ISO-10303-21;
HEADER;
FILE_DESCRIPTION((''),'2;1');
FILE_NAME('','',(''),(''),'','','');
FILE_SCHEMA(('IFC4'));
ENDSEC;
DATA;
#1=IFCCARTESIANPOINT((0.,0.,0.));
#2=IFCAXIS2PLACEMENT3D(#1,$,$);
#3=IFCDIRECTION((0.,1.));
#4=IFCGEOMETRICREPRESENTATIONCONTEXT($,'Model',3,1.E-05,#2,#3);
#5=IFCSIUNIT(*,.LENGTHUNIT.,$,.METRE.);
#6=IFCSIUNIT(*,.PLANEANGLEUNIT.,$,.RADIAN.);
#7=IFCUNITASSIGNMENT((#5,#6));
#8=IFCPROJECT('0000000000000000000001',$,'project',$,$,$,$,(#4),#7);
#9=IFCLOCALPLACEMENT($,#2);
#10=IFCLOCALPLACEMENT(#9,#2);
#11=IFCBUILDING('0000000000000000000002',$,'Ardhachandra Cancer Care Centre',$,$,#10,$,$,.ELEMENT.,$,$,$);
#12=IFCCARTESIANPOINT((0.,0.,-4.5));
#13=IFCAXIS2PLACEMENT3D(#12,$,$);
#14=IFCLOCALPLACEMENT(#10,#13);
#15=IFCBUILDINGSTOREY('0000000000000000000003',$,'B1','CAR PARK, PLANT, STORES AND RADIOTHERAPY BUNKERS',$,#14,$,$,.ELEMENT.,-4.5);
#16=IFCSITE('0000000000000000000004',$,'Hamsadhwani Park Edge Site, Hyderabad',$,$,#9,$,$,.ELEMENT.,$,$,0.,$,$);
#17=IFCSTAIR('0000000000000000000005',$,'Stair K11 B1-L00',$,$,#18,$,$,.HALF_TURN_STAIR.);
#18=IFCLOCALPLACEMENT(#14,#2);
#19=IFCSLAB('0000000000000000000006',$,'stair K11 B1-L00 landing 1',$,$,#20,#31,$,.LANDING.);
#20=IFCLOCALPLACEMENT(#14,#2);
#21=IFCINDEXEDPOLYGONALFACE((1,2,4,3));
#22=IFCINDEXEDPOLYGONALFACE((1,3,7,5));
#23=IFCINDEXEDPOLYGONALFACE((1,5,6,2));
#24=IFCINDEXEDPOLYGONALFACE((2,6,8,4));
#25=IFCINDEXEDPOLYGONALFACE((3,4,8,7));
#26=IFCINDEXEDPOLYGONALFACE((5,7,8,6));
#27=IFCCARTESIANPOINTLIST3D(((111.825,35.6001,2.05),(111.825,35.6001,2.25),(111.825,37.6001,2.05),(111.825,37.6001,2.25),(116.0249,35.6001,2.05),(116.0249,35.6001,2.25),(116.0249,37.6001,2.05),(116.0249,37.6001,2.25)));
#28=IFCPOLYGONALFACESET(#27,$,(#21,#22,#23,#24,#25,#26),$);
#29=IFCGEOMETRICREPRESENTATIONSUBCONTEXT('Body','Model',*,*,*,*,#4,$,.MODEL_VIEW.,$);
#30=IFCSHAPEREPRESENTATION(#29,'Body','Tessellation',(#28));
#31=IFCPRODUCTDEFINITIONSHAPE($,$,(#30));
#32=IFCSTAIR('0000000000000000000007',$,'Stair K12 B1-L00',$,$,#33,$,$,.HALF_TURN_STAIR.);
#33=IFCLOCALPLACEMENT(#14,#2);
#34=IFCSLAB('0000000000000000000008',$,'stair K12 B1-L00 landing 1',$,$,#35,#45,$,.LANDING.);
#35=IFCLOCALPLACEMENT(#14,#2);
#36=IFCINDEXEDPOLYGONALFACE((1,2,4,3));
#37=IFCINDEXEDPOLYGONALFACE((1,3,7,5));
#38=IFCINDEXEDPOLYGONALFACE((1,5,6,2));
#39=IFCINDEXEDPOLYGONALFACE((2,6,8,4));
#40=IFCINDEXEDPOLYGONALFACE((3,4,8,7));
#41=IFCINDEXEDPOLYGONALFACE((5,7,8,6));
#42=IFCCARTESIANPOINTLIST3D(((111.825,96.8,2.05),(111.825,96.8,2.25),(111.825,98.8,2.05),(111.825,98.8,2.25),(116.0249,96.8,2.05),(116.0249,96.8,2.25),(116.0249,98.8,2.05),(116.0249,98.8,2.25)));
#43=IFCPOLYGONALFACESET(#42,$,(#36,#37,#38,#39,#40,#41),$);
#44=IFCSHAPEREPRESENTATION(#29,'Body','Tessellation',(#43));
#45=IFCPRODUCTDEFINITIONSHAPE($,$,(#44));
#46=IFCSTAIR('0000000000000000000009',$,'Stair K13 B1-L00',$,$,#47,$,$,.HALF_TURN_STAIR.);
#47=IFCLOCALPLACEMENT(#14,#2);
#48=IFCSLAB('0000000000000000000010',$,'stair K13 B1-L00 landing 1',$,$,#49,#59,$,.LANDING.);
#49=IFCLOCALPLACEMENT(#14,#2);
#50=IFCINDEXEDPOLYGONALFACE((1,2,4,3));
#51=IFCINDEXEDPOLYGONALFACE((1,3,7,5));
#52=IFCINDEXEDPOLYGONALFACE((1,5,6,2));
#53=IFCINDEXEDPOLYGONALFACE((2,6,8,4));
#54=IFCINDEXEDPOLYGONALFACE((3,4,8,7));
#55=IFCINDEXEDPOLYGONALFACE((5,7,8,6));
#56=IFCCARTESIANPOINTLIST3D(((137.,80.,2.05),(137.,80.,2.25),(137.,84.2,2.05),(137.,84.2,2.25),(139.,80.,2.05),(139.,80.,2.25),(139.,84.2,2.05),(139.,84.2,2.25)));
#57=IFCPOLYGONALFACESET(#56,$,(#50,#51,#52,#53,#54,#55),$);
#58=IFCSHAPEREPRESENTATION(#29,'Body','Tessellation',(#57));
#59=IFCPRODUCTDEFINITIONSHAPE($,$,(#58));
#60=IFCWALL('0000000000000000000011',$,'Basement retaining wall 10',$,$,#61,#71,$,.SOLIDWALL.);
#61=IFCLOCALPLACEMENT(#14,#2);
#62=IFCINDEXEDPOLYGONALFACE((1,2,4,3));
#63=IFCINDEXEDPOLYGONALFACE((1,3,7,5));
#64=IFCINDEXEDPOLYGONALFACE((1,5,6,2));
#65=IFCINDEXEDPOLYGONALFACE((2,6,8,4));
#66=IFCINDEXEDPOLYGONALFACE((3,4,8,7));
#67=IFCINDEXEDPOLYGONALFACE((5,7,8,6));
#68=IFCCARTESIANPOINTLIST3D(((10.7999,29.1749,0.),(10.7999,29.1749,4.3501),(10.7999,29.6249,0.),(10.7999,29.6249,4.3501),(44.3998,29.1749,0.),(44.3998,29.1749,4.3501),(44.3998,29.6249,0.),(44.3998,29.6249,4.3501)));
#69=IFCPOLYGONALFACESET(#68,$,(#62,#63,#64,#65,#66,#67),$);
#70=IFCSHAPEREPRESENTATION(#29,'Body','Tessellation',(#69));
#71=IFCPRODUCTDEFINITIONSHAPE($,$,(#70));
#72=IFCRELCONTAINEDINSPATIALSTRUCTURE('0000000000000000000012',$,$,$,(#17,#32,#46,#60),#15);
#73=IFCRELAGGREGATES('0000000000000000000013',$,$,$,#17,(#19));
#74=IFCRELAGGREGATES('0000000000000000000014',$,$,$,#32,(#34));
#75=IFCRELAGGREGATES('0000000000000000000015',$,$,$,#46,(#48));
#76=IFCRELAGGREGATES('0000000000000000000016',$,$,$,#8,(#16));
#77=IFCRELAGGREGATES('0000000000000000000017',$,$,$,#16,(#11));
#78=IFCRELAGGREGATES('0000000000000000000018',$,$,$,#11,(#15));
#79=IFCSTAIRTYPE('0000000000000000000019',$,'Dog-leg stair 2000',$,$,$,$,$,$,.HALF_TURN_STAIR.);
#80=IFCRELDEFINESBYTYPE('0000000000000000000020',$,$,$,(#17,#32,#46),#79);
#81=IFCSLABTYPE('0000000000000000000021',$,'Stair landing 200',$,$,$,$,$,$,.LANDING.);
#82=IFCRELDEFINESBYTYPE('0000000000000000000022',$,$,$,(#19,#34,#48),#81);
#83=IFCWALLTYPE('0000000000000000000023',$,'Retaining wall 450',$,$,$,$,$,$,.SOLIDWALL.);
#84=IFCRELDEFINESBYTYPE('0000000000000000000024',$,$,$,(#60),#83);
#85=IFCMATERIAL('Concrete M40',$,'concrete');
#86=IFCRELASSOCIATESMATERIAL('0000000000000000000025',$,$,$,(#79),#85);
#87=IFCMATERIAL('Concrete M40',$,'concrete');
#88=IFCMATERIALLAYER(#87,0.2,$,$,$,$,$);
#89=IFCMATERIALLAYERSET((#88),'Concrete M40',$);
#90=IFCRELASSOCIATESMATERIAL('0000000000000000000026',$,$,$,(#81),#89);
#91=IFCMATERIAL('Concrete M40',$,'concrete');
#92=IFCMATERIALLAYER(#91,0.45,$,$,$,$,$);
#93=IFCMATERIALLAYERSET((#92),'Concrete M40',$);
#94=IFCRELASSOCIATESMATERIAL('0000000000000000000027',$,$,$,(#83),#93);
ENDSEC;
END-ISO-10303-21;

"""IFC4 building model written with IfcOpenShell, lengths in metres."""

from ifc_helpers import new_model, si_unit, direction, frame, frame_2d, origin, place, context, subcontext, project, spatial, polyline, rectangle, outline, extrude, material, layer, layer_set, type_object, element, aggregate, save


model = new_model("IFC4")

# Units and contexts
model_context = context("Model", 3, precision=1e-05, world=origin(), true_north=direction((0.0, 1.0)))
body_context = subcontext(model_context, "Body", "Model", "MODEL_VIEW")
ifc_project = project(units=[si_unit("LENGTHUNIT", "METRE"), si_unit("PLANEANGLEUNIT", "RADIAN")], contexts=[model_context])

# Site, building, storey
site_placement = place(None, origin())
site = spatial("IfcSite", under=ifc_project, at=site_placement, Name="Hamsadhwani Park Edge Site, Hyderabad", CompositionType="ELEMENT", RefElevation=0.0)
building_placement = place(site_placement, origin())
building = spatial("IfcBuilding", under=site, at=building_placement, Name="Ardhachandra Cancer Care Centre", CompositionType="ELEMENT")
storey_placement = place(building_placement, frame((0.0, 0.0, -4.5)))
storey = spatial("IfcBuildingStorey", under=building, at=storey_placement, Name="B1", Description="CAR PARK, PLANT, STORES AND RADIOTHERAPY BUNKERS", CompositionType="ELEMENT", Elevation=-4.5)

# Stairs, slabs
ifc_material_1 = material(Name="Concrete M40", Category="concrete")
stair_type = type_object("IfcStairType", Name="Dog-leg stair 2000", PredefinedType="HALF_TURN_STAIR", material=ifc_material_1)
ifc_material_2 = material(Name="Concrete M40", Category="concrete")
ifc_layer_1 = layer(ifc_material_2, 0.2)
ifc_layer_set_1 = layer_set([ifc_layer_1], Name="Concrete M40")
slab_type_1 = type_object("IfcSlabType", Name="Stair landing 200", PredefinedType="LANDING", material=ifc_layer_set_1)
stair_1_placement = place(storey_placement, origin())
stair_1 = element("IfcStair", 1, at=stair_1_placement, inside=storey, type_object=stair_type, Name="Stair K11 B1-L00", PredefinedType="HALF_TURN_STAIR")
slab_1_placement = place(storey_placement, frame((0.0, 0.0, 2.05)))
slab_1 = element("IfcSlab", 2, at=slab_1_placement, type_object=slab_type_1, Name="stair K11 B1-L00 landing 1", PredefinedType="LANDING", context=body_context, shape_type="SweptSolid", body=[
    extrude(outline(polyline([(111.825, 35.6001), (116.0249, 35.6001), (116.0249, 37.6001), (111.825, 37.6001), (111.825, 35.6001)])), origin(), (0.0, 0.0, 1.0), 0.2),
])
aggregate(stair_1, [slab_1])
stair_2_placement = place(storey_placement, origin())
stair_2 = element("IfcStair", 3, at=stair_2_placement, inside=storey, type_object=stair_type, Name="Stair K12 B1-L00", PredefinedType="HALF_TURN_STAIR")
slab_2_placement = place(storey_placement, frame((0.0, 0.0, 2.05)))
slab_2 = element("IfcSlab", 4, at=slab_2_placement, type_object=slab_type_1, Name="stair K12 B1-L00 landing 1", PredefinedType="LANDING", context=body_context, shape_type="SweptSolid", body=[
    extrude(outline(polyline([(111.825, 96.8), (116.0249, 96.8), (116.0249, 98.8), (111.825, 98.8), (111.825, 96.8)])), origin(), (0.0, 0.0, 1.0), 0.2),
])
aggregate(stair_2, [slab_2])
stair_3_placement = place(storey_placement, origin())
stair_3 = element("IfcStair", 5, at=stair_3_placement, inside=storey, type_object=stair_type, Name="Stair K13 B1-L00", PredefinedType="HALF_TURN_STAIR")
slab_3_placement = place(storey_placement, frame((0.0, 0.0, 2.05)))
slab_3 = element("IfcSlab", 6, at=slab_3_placement, type_object=slab_type_1, Name="stair K13 B1-L00 landing 1", PredefinedType="LANDING", context=body_context, shape_type="SweptSolid", body=[
    extrude(outline(polyline([(137.0, 80.0), (139.0, 80.0), (139.0, 84.2), (137.0, 84.2), (137.0, 80.0)])), origin(), (0.0, 0.0, 1.0), 0.2),
])
aggregate(stair_3, [slab_3])

# Wall
ifc_material_3 = material(Name="Concrete M40", Category="concrete")
ifc_layer_2 = layer(ifc_material_3, 0.45)
ifc_layer_set_2 = layer_set([ifc_layer_2], Name="Concrete M40")
wall_type = type_object("IfcWallType", Name="Retaining wall 450", PredefinedType="SOLIDWALL", material=ifc_layer_set_2)
wall_placement = place(storey_placement, frame((10.8, 29.3999, 0.0), z_axis=(0.0, 0.0, 1.0), x_axis=(1.0, 0.0, 0.0)))
element("IfcWall", 7, at=wall_placement, inside=storey, type_object=wall_type, Name="Basement retaining wall 10", PredefinedType="SOLIDWALL", context=body_context, shape_type="SweptSolid", body=[
    extrude(rectangle(XDim=33.5999, YDim=0.45, at=frame_2d((16.7998, 0.0))), origin(), (0.0, 0.0, 1.0), 4.3501),
])

save(model, "model.ifc")
